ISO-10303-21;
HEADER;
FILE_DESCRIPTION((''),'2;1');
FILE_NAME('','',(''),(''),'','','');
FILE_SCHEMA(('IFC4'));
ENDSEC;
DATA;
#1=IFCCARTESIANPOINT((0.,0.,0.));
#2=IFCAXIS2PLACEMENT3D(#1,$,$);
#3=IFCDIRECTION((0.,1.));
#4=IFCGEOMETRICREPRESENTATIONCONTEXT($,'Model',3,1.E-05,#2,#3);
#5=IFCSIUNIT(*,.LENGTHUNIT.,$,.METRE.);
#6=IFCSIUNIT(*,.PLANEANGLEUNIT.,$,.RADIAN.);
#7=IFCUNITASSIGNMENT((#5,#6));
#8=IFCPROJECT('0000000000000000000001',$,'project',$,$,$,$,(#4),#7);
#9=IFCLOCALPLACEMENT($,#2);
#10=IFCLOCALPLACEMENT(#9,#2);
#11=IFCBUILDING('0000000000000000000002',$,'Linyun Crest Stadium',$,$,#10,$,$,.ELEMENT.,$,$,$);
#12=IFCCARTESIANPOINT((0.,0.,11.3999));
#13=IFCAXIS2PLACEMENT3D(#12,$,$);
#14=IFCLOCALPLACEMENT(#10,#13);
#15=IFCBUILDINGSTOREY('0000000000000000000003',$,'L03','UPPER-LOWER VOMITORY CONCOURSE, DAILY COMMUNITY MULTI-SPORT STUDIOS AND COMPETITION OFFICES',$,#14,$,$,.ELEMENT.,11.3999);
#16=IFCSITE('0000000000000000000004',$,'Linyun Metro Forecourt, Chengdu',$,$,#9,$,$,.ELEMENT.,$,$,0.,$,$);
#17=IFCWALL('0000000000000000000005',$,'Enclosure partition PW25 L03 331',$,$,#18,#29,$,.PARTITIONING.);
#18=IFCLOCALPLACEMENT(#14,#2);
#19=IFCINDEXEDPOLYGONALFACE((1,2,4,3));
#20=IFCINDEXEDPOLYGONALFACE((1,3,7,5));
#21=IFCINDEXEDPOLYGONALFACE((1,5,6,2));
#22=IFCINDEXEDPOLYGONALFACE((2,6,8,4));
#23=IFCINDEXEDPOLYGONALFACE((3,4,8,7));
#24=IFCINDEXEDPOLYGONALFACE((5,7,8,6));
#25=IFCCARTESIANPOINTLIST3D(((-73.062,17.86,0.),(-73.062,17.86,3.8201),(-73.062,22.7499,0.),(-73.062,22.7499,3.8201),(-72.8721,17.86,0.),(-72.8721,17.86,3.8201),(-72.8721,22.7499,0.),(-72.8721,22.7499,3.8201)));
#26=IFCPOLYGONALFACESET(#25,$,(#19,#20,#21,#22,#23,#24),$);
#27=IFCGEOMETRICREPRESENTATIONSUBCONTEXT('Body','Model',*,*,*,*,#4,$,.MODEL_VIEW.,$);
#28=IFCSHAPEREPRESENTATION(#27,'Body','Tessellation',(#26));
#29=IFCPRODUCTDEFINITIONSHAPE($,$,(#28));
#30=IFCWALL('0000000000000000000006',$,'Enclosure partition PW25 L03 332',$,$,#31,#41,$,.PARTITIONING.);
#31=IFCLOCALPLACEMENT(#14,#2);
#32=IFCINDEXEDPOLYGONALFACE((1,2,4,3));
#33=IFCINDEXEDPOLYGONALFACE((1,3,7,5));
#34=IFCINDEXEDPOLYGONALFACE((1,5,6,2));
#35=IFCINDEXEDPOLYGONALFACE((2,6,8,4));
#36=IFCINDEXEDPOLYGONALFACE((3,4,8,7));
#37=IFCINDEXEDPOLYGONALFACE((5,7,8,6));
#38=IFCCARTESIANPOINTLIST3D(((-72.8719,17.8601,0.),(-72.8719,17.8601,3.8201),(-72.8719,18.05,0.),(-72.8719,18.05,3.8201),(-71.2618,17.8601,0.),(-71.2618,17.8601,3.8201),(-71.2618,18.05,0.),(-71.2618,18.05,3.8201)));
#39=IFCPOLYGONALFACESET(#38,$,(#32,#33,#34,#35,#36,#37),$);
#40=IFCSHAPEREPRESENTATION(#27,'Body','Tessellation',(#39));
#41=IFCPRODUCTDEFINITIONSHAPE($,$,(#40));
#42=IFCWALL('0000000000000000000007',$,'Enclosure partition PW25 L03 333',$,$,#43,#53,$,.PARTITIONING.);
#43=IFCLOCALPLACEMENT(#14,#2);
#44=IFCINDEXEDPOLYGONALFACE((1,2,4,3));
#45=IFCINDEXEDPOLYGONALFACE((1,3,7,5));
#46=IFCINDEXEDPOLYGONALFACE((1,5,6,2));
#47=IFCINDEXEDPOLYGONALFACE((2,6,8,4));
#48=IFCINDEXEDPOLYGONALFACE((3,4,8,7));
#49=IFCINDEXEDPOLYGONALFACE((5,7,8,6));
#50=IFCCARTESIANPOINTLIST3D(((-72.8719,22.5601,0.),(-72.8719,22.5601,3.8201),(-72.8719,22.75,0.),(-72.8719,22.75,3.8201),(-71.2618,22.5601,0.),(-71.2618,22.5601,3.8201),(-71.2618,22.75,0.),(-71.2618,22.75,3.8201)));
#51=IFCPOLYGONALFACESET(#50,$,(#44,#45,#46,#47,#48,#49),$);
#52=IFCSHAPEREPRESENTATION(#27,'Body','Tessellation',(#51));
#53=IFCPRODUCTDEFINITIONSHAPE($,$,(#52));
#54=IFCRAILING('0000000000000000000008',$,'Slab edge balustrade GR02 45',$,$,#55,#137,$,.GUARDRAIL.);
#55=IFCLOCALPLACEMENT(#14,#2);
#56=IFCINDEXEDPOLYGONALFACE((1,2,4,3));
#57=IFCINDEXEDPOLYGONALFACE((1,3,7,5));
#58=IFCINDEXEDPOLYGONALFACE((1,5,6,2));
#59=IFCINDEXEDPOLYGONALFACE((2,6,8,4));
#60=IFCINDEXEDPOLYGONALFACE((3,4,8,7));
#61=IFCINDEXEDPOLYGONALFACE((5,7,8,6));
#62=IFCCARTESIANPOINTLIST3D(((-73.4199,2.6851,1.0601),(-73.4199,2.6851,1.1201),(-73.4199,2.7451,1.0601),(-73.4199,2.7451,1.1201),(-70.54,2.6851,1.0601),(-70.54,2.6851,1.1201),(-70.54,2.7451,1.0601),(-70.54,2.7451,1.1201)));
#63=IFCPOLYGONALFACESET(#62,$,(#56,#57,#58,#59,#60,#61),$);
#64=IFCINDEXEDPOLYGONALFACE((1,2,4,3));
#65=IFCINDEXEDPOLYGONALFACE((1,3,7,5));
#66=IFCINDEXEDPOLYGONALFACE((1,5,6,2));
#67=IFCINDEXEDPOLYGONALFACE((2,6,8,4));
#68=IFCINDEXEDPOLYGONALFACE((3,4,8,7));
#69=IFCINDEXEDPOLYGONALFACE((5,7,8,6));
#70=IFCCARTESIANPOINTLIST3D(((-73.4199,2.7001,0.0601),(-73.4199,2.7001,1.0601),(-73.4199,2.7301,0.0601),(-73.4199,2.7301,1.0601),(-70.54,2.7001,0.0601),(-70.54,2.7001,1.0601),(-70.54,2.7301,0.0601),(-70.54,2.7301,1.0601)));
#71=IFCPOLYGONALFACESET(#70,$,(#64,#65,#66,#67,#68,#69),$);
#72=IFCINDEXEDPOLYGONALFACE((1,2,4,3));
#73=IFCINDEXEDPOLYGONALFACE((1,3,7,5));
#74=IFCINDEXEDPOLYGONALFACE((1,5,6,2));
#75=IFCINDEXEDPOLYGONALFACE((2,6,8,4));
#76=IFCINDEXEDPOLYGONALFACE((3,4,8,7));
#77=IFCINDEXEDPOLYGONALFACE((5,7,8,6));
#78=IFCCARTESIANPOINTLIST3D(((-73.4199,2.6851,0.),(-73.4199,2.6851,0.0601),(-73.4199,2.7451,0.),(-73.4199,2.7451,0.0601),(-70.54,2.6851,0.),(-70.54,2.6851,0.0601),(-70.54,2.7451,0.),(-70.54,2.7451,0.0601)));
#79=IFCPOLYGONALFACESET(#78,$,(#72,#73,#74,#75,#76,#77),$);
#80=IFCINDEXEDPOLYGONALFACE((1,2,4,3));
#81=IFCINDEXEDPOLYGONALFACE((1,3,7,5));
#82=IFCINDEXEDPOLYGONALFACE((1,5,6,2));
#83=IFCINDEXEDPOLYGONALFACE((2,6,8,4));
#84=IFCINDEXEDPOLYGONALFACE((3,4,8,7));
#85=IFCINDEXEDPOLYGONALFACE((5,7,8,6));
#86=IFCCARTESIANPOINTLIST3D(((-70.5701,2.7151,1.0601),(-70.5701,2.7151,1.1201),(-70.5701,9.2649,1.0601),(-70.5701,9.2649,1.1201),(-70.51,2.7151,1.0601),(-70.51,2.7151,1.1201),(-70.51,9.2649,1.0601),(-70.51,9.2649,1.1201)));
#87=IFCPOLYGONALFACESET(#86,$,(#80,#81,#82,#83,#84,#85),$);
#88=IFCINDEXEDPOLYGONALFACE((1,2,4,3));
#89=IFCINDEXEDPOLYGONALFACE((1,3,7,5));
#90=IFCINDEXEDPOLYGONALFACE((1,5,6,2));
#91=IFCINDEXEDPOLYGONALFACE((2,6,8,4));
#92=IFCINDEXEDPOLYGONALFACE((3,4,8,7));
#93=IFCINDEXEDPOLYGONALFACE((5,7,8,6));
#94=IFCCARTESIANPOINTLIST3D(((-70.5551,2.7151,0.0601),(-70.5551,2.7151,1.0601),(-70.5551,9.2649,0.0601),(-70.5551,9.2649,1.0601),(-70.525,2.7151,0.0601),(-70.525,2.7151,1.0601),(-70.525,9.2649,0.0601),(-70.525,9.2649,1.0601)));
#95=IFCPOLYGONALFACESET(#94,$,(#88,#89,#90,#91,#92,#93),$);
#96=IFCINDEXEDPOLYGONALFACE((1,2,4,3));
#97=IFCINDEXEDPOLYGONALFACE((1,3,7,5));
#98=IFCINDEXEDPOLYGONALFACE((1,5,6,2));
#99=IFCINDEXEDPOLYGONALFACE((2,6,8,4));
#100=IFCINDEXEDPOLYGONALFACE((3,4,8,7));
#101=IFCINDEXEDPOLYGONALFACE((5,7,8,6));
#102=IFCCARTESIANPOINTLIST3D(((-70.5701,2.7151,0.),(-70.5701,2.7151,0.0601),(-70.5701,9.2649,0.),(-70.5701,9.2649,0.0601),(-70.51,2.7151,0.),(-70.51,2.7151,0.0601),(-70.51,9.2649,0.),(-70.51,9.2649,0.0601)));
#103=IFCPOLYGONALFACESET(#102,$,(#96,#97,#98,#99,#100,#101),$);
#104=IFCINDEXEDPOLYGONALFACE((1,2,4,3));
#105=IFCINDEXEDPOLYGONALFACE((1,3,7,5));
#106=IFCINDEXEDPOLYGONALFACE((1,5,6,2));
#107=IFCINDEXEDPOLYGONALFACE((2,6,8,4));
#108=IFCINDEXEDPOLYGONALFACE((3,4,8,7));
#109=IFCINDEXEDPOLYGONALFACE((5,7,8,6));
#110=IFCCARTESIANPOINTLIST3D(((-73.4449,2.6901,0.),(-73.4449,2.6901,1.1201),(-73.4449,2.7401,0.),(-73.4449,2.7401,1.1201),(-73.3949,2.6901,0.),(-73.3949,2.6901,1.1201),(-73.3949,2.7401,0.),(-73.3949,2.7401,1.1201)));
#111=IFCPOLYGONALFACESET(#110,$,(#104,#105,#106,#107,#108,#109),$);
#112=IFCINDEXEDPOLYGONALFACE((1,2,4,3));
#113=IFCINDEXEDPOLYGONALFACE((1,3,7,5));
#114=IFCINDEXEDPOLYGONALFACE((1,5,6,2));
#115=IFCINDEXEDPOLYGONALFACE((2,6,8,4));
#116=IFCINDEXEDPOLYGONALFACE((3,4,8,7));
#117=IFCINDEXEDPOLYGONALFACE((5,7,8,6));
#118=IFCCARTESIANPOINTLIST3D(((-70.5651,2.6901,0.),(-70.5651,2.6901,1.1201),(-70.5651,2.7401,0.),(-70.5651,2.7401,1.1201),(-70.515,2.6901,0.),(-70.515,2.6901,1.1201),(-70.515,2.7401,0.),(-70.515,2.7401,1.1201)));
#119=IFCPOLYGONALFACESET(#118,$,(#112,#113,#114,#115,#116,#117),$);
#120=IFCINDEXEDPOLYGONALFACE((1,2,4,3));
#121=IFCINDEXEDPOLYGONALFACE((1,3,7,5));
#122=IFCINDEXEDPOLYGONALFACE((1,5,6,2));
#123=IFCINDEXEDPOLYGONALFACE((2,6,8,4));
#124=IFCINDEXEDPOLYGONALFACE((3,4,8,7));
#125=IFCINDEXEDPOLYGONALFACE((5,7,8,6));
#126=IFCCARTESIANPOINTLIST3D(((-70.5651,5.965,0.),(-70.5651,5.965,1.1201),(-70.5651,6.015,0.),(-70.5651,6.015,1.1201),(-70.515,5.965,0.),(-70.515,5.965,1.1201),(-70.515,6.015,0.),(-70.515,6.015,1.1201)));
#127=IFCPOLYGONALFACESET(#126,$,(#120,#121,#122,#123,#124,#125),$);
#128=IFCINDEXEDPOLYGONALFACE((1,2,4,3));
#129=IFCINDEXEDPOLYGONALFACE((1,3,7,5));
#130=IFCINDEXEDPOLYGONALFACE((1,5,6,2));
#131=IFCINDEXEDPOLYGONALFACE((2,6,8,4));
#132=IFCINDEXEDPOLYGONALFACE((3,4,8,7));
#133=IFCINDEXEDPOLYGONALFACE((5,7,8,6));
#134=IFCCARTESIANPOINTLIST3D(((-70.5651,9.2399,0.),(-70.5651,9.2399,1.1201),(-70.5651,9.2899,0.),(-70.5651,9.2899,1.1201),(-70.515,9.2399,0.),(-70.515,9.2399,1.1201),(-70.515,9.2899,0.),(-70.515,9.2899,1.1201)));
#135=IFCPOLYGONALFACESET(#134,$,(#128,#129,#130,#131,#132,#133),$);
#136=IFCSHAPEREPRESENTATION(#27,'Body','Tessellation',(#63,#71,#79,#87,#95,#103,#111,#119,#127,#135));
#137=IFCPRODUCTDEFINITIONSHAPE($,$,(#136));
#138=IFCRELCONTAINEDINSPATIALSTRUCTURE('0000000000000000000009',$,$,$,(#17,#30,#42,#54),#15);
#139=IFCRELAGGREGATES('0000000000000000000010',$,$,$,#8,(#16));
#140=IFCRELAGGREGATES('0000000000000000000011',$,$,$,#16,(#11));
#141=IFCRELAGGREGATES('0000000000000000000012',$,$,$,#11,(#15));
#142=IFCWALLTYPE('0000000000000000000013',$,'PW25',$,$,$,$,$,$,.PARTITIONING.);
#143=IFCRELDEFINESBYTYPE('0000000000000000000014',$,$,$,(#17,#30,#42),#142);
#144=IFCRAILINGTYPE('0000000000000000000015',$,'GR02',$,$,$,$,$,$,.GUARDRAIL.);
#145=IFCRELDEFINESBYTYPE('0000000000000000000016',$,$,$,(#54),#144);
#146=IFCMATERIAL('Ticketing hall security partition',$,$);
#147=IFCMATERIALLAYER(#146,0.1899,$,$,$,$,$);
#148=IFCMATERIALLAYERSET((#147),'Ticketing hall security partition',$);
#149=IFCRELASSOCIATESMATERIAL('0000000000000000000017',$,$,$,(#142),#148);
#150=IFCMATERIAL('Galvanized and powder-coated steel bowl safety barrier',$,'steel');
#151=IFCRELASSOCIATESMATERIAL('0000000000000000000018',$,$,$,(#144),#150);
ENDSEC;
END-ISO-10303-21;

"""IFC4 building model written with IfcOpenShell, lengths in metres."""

from ifc_helpers import new_model, si_unit, direction, frame, frame_2d, origin, origin_2d, place, context, subcontext, project, spatial, rectangle, extrude, material, layer, layer_set, type_object, element, save


model = new_model("IFC4")

# Units and contexts
model_context = context("Model", 3, precision=1e-05, world=origin(), true_north=direction((0.0, 1.0)))
body_context = subcontext(model_context, "Body", "Model", "MODEL_VIEW")
ifc_project = project(units=[si_unit("LENGTHUNIT", "METRE"), si_unit("PLANEANGLEUNIT", "RADIAN")], contexts=[model_context])

# Site, building, storey
site_placement = place(None, origin())
site = spatial("IfcSite", under=ifc_project, at=site_placement, Name="Linyun Metro Forecourt, Chengdu", CompositionType="ELEMENT", RefElevation=0.0)
building_placement = place(site_placement, origin())
building = spatial("IfcBuilding", under=site, at=building_placement, Name="Linyun Crest Stadium", CompositionType="ELEMENT")
storey_placement = place(building_placement, frame((0.0, 0.0, 11.3999)))
storey = spatial("IfcBuildingStorey", under=building, at=storey_placement, Name="L03", Description="UPPER-LOWER VOMITORY CONCOURSE, DAILY COMMUNITY MULTI-SPORT STUDIOS AND COMPETITION OFFICES", CompositionType="ELEMENT", Elevation=11.3999)

# Walls
ifc_material_1 = material(Name="Ticketing hall security partition")
ifc_layer_1 = layer(ifc_material_1, 0.1899)
ifc_layer_set_1 = layer_set([ifc_layer_1], Name="Ticketing hall security partition")
wall_type_1 = type_object("IfcWallType", Name="PW25", PredefinedType="PARTITIONING", material=ifc_layer_set_1)
wall_1_placement = place(storey_placement, frame((-72.967, 17.8601, 0.0), z_axis=(0.0, 0.0, 1.0), x_axis=(0.0, 1.0, 0.0)))
element("IfcWall", 1, at=wall_1_placement, inside=storey, type_object=wall_type_1, Name="Enclosure partition PW25 L03 331", PredefinedType="PARTITIONING", context=body_context, shape_type="SweptSolid", body=[
    extrude(rectangle(XDim=4.8899, YDim=0.1899, at=frame_2d((2.4448, 0.0))), origin(), (0.0, 0.0, 1.0), 3.8201),
])
for number, where, z_axis, x_axis, name in (
    (2, (-72.8721, 17.9551, 0.0), (0.0, 0.0, 1.0), (1.0, 0.0, 0.0), "Enclosure partition PW25 L03 332"),
    (3, (-72.8721, 22.655, 0.0), (0.0, 0.0, 1.0), (1.0, 0.0, 0.0), "Enclosure partition PW25 L03 333"),
):
    element("IfcWall", number, at=place(storey_placement, frame(where, z_axis=z_axis, x_axis=x_axis)), inside=storey, type_object=wall_type_1, Name=name, PredefinedType="PARTITIONING", context=body_context, shape_type="SweptSolid", body=[
        extrude(rectangle(XDim=1.6101, YDim=0.1899, at=frame_2d((0.8052, 0.0))), origin(), (0.0, 0.0, 1.0), 3.8201),
    ])

# Railing
ifc_material_2 = material(Name="Galvanized and powder-coated steel bowl safety barrier", Category="steel")
railing_type = type_object("IfcRailingType", Name="GR02", PredefinedType="GUARDRAIL", material=ifc_material_2)
railing_placement = place(storey_placement, frame((-73.4199, 2.7151, 0.0)))
element("IfcRailing", 4, at=railing_placement, inside=storey, type_object=railing_type, Name="Slab edge balustrade GR02 45", PredefinedType="GUARDRAIL", context=body_context, shape_type="SweptSolid", body=[
    extrude(rectangle(XDim=0.0601, YDim=0.0601, at=origin_2d()), frame((0.0, 0.0, 1.0901), z_axis=(1.0, 0.0, 0.0), x_axis=(0.0, 1.0, 0.0)), (0.0, 0.0, 1.0), 2.8799),
    extrude(rectangle(XDim=0.03, YDim=1.0, at=origin_2d()), frame((0.0, 0.0, 0.5601), z_axis=(1.0, 0.0, 0.0), x_axis=(0.0, 1.0, 0.0)), (0.0, 0.0, 1.0), 2.8799),
    extrude(rectangle(XDim=0.0601, YDim=0.0601, at=origin_2d()), frame((0.0, 0.0, 0.03), z_axis=(1.0, 0.0, 0.0), x_axis=(0.0, 1.0, 0.0)), (0.0, 0.0, 1.0), 2.8799),
    extrude(rectangle(XDim=0.0601, YDim=0.0601, at=origin_2d()), frame((2.8799, 0.0, 1.0901), z_axis=(0.0, 1.0, 0.0), x_axis=(-1.0, 0.0, 0.0)), (0.0, 0.0, 1.0), 6.5498),
    extrude(rectangle(XDim=0.03, YDim=1.0, at=origin_2d()), frame((2.8799, 0.0, 0.5601), z_axis=(0.0, 1.0, 0.0), x_axis=(-1.0, 0.0, 0.0)), (0.0, 0.0, 1.0), 6.5498),
    extrude(rectangle(XDim=0.0601, YDim=0.0601, at=origin_2d()), frame((2.8799, 0.0, 0.03), z_axis=(0.0, 1.0, 0.0), x_axis=(-1.0, 0.0, 0.0)), (0.0, 0.0, 1.0), 6.5498),
    extrude(rectangle(XDim=0.05, YDim=0.05, at=origin_2d()), origin(), (0.0, 0.0, 1.0), 1.1201),
    extrude(rectangle(XDim=0.05, YDim=0.05, at=origin_2d()), frame((2.8799, 0.0, 0.0)), (0.0, 0.0, 1.0), 1.1201),
    extrude(rectangle(XDim=0.05, YDim=0.05, at=origin_2d()), frame((2.8799, 3.2749, 0.0)), (0.0, 0.0, 1.0), 1.1201),
    extrude(rectangle(XDim=0.05, YDim=0.05, at=origin_2d()), frame((2.8799, 6.5498, 0.0)), (0.0, 0.0, 1.0), 1.1201),
])

save(model, "model.ifc")
